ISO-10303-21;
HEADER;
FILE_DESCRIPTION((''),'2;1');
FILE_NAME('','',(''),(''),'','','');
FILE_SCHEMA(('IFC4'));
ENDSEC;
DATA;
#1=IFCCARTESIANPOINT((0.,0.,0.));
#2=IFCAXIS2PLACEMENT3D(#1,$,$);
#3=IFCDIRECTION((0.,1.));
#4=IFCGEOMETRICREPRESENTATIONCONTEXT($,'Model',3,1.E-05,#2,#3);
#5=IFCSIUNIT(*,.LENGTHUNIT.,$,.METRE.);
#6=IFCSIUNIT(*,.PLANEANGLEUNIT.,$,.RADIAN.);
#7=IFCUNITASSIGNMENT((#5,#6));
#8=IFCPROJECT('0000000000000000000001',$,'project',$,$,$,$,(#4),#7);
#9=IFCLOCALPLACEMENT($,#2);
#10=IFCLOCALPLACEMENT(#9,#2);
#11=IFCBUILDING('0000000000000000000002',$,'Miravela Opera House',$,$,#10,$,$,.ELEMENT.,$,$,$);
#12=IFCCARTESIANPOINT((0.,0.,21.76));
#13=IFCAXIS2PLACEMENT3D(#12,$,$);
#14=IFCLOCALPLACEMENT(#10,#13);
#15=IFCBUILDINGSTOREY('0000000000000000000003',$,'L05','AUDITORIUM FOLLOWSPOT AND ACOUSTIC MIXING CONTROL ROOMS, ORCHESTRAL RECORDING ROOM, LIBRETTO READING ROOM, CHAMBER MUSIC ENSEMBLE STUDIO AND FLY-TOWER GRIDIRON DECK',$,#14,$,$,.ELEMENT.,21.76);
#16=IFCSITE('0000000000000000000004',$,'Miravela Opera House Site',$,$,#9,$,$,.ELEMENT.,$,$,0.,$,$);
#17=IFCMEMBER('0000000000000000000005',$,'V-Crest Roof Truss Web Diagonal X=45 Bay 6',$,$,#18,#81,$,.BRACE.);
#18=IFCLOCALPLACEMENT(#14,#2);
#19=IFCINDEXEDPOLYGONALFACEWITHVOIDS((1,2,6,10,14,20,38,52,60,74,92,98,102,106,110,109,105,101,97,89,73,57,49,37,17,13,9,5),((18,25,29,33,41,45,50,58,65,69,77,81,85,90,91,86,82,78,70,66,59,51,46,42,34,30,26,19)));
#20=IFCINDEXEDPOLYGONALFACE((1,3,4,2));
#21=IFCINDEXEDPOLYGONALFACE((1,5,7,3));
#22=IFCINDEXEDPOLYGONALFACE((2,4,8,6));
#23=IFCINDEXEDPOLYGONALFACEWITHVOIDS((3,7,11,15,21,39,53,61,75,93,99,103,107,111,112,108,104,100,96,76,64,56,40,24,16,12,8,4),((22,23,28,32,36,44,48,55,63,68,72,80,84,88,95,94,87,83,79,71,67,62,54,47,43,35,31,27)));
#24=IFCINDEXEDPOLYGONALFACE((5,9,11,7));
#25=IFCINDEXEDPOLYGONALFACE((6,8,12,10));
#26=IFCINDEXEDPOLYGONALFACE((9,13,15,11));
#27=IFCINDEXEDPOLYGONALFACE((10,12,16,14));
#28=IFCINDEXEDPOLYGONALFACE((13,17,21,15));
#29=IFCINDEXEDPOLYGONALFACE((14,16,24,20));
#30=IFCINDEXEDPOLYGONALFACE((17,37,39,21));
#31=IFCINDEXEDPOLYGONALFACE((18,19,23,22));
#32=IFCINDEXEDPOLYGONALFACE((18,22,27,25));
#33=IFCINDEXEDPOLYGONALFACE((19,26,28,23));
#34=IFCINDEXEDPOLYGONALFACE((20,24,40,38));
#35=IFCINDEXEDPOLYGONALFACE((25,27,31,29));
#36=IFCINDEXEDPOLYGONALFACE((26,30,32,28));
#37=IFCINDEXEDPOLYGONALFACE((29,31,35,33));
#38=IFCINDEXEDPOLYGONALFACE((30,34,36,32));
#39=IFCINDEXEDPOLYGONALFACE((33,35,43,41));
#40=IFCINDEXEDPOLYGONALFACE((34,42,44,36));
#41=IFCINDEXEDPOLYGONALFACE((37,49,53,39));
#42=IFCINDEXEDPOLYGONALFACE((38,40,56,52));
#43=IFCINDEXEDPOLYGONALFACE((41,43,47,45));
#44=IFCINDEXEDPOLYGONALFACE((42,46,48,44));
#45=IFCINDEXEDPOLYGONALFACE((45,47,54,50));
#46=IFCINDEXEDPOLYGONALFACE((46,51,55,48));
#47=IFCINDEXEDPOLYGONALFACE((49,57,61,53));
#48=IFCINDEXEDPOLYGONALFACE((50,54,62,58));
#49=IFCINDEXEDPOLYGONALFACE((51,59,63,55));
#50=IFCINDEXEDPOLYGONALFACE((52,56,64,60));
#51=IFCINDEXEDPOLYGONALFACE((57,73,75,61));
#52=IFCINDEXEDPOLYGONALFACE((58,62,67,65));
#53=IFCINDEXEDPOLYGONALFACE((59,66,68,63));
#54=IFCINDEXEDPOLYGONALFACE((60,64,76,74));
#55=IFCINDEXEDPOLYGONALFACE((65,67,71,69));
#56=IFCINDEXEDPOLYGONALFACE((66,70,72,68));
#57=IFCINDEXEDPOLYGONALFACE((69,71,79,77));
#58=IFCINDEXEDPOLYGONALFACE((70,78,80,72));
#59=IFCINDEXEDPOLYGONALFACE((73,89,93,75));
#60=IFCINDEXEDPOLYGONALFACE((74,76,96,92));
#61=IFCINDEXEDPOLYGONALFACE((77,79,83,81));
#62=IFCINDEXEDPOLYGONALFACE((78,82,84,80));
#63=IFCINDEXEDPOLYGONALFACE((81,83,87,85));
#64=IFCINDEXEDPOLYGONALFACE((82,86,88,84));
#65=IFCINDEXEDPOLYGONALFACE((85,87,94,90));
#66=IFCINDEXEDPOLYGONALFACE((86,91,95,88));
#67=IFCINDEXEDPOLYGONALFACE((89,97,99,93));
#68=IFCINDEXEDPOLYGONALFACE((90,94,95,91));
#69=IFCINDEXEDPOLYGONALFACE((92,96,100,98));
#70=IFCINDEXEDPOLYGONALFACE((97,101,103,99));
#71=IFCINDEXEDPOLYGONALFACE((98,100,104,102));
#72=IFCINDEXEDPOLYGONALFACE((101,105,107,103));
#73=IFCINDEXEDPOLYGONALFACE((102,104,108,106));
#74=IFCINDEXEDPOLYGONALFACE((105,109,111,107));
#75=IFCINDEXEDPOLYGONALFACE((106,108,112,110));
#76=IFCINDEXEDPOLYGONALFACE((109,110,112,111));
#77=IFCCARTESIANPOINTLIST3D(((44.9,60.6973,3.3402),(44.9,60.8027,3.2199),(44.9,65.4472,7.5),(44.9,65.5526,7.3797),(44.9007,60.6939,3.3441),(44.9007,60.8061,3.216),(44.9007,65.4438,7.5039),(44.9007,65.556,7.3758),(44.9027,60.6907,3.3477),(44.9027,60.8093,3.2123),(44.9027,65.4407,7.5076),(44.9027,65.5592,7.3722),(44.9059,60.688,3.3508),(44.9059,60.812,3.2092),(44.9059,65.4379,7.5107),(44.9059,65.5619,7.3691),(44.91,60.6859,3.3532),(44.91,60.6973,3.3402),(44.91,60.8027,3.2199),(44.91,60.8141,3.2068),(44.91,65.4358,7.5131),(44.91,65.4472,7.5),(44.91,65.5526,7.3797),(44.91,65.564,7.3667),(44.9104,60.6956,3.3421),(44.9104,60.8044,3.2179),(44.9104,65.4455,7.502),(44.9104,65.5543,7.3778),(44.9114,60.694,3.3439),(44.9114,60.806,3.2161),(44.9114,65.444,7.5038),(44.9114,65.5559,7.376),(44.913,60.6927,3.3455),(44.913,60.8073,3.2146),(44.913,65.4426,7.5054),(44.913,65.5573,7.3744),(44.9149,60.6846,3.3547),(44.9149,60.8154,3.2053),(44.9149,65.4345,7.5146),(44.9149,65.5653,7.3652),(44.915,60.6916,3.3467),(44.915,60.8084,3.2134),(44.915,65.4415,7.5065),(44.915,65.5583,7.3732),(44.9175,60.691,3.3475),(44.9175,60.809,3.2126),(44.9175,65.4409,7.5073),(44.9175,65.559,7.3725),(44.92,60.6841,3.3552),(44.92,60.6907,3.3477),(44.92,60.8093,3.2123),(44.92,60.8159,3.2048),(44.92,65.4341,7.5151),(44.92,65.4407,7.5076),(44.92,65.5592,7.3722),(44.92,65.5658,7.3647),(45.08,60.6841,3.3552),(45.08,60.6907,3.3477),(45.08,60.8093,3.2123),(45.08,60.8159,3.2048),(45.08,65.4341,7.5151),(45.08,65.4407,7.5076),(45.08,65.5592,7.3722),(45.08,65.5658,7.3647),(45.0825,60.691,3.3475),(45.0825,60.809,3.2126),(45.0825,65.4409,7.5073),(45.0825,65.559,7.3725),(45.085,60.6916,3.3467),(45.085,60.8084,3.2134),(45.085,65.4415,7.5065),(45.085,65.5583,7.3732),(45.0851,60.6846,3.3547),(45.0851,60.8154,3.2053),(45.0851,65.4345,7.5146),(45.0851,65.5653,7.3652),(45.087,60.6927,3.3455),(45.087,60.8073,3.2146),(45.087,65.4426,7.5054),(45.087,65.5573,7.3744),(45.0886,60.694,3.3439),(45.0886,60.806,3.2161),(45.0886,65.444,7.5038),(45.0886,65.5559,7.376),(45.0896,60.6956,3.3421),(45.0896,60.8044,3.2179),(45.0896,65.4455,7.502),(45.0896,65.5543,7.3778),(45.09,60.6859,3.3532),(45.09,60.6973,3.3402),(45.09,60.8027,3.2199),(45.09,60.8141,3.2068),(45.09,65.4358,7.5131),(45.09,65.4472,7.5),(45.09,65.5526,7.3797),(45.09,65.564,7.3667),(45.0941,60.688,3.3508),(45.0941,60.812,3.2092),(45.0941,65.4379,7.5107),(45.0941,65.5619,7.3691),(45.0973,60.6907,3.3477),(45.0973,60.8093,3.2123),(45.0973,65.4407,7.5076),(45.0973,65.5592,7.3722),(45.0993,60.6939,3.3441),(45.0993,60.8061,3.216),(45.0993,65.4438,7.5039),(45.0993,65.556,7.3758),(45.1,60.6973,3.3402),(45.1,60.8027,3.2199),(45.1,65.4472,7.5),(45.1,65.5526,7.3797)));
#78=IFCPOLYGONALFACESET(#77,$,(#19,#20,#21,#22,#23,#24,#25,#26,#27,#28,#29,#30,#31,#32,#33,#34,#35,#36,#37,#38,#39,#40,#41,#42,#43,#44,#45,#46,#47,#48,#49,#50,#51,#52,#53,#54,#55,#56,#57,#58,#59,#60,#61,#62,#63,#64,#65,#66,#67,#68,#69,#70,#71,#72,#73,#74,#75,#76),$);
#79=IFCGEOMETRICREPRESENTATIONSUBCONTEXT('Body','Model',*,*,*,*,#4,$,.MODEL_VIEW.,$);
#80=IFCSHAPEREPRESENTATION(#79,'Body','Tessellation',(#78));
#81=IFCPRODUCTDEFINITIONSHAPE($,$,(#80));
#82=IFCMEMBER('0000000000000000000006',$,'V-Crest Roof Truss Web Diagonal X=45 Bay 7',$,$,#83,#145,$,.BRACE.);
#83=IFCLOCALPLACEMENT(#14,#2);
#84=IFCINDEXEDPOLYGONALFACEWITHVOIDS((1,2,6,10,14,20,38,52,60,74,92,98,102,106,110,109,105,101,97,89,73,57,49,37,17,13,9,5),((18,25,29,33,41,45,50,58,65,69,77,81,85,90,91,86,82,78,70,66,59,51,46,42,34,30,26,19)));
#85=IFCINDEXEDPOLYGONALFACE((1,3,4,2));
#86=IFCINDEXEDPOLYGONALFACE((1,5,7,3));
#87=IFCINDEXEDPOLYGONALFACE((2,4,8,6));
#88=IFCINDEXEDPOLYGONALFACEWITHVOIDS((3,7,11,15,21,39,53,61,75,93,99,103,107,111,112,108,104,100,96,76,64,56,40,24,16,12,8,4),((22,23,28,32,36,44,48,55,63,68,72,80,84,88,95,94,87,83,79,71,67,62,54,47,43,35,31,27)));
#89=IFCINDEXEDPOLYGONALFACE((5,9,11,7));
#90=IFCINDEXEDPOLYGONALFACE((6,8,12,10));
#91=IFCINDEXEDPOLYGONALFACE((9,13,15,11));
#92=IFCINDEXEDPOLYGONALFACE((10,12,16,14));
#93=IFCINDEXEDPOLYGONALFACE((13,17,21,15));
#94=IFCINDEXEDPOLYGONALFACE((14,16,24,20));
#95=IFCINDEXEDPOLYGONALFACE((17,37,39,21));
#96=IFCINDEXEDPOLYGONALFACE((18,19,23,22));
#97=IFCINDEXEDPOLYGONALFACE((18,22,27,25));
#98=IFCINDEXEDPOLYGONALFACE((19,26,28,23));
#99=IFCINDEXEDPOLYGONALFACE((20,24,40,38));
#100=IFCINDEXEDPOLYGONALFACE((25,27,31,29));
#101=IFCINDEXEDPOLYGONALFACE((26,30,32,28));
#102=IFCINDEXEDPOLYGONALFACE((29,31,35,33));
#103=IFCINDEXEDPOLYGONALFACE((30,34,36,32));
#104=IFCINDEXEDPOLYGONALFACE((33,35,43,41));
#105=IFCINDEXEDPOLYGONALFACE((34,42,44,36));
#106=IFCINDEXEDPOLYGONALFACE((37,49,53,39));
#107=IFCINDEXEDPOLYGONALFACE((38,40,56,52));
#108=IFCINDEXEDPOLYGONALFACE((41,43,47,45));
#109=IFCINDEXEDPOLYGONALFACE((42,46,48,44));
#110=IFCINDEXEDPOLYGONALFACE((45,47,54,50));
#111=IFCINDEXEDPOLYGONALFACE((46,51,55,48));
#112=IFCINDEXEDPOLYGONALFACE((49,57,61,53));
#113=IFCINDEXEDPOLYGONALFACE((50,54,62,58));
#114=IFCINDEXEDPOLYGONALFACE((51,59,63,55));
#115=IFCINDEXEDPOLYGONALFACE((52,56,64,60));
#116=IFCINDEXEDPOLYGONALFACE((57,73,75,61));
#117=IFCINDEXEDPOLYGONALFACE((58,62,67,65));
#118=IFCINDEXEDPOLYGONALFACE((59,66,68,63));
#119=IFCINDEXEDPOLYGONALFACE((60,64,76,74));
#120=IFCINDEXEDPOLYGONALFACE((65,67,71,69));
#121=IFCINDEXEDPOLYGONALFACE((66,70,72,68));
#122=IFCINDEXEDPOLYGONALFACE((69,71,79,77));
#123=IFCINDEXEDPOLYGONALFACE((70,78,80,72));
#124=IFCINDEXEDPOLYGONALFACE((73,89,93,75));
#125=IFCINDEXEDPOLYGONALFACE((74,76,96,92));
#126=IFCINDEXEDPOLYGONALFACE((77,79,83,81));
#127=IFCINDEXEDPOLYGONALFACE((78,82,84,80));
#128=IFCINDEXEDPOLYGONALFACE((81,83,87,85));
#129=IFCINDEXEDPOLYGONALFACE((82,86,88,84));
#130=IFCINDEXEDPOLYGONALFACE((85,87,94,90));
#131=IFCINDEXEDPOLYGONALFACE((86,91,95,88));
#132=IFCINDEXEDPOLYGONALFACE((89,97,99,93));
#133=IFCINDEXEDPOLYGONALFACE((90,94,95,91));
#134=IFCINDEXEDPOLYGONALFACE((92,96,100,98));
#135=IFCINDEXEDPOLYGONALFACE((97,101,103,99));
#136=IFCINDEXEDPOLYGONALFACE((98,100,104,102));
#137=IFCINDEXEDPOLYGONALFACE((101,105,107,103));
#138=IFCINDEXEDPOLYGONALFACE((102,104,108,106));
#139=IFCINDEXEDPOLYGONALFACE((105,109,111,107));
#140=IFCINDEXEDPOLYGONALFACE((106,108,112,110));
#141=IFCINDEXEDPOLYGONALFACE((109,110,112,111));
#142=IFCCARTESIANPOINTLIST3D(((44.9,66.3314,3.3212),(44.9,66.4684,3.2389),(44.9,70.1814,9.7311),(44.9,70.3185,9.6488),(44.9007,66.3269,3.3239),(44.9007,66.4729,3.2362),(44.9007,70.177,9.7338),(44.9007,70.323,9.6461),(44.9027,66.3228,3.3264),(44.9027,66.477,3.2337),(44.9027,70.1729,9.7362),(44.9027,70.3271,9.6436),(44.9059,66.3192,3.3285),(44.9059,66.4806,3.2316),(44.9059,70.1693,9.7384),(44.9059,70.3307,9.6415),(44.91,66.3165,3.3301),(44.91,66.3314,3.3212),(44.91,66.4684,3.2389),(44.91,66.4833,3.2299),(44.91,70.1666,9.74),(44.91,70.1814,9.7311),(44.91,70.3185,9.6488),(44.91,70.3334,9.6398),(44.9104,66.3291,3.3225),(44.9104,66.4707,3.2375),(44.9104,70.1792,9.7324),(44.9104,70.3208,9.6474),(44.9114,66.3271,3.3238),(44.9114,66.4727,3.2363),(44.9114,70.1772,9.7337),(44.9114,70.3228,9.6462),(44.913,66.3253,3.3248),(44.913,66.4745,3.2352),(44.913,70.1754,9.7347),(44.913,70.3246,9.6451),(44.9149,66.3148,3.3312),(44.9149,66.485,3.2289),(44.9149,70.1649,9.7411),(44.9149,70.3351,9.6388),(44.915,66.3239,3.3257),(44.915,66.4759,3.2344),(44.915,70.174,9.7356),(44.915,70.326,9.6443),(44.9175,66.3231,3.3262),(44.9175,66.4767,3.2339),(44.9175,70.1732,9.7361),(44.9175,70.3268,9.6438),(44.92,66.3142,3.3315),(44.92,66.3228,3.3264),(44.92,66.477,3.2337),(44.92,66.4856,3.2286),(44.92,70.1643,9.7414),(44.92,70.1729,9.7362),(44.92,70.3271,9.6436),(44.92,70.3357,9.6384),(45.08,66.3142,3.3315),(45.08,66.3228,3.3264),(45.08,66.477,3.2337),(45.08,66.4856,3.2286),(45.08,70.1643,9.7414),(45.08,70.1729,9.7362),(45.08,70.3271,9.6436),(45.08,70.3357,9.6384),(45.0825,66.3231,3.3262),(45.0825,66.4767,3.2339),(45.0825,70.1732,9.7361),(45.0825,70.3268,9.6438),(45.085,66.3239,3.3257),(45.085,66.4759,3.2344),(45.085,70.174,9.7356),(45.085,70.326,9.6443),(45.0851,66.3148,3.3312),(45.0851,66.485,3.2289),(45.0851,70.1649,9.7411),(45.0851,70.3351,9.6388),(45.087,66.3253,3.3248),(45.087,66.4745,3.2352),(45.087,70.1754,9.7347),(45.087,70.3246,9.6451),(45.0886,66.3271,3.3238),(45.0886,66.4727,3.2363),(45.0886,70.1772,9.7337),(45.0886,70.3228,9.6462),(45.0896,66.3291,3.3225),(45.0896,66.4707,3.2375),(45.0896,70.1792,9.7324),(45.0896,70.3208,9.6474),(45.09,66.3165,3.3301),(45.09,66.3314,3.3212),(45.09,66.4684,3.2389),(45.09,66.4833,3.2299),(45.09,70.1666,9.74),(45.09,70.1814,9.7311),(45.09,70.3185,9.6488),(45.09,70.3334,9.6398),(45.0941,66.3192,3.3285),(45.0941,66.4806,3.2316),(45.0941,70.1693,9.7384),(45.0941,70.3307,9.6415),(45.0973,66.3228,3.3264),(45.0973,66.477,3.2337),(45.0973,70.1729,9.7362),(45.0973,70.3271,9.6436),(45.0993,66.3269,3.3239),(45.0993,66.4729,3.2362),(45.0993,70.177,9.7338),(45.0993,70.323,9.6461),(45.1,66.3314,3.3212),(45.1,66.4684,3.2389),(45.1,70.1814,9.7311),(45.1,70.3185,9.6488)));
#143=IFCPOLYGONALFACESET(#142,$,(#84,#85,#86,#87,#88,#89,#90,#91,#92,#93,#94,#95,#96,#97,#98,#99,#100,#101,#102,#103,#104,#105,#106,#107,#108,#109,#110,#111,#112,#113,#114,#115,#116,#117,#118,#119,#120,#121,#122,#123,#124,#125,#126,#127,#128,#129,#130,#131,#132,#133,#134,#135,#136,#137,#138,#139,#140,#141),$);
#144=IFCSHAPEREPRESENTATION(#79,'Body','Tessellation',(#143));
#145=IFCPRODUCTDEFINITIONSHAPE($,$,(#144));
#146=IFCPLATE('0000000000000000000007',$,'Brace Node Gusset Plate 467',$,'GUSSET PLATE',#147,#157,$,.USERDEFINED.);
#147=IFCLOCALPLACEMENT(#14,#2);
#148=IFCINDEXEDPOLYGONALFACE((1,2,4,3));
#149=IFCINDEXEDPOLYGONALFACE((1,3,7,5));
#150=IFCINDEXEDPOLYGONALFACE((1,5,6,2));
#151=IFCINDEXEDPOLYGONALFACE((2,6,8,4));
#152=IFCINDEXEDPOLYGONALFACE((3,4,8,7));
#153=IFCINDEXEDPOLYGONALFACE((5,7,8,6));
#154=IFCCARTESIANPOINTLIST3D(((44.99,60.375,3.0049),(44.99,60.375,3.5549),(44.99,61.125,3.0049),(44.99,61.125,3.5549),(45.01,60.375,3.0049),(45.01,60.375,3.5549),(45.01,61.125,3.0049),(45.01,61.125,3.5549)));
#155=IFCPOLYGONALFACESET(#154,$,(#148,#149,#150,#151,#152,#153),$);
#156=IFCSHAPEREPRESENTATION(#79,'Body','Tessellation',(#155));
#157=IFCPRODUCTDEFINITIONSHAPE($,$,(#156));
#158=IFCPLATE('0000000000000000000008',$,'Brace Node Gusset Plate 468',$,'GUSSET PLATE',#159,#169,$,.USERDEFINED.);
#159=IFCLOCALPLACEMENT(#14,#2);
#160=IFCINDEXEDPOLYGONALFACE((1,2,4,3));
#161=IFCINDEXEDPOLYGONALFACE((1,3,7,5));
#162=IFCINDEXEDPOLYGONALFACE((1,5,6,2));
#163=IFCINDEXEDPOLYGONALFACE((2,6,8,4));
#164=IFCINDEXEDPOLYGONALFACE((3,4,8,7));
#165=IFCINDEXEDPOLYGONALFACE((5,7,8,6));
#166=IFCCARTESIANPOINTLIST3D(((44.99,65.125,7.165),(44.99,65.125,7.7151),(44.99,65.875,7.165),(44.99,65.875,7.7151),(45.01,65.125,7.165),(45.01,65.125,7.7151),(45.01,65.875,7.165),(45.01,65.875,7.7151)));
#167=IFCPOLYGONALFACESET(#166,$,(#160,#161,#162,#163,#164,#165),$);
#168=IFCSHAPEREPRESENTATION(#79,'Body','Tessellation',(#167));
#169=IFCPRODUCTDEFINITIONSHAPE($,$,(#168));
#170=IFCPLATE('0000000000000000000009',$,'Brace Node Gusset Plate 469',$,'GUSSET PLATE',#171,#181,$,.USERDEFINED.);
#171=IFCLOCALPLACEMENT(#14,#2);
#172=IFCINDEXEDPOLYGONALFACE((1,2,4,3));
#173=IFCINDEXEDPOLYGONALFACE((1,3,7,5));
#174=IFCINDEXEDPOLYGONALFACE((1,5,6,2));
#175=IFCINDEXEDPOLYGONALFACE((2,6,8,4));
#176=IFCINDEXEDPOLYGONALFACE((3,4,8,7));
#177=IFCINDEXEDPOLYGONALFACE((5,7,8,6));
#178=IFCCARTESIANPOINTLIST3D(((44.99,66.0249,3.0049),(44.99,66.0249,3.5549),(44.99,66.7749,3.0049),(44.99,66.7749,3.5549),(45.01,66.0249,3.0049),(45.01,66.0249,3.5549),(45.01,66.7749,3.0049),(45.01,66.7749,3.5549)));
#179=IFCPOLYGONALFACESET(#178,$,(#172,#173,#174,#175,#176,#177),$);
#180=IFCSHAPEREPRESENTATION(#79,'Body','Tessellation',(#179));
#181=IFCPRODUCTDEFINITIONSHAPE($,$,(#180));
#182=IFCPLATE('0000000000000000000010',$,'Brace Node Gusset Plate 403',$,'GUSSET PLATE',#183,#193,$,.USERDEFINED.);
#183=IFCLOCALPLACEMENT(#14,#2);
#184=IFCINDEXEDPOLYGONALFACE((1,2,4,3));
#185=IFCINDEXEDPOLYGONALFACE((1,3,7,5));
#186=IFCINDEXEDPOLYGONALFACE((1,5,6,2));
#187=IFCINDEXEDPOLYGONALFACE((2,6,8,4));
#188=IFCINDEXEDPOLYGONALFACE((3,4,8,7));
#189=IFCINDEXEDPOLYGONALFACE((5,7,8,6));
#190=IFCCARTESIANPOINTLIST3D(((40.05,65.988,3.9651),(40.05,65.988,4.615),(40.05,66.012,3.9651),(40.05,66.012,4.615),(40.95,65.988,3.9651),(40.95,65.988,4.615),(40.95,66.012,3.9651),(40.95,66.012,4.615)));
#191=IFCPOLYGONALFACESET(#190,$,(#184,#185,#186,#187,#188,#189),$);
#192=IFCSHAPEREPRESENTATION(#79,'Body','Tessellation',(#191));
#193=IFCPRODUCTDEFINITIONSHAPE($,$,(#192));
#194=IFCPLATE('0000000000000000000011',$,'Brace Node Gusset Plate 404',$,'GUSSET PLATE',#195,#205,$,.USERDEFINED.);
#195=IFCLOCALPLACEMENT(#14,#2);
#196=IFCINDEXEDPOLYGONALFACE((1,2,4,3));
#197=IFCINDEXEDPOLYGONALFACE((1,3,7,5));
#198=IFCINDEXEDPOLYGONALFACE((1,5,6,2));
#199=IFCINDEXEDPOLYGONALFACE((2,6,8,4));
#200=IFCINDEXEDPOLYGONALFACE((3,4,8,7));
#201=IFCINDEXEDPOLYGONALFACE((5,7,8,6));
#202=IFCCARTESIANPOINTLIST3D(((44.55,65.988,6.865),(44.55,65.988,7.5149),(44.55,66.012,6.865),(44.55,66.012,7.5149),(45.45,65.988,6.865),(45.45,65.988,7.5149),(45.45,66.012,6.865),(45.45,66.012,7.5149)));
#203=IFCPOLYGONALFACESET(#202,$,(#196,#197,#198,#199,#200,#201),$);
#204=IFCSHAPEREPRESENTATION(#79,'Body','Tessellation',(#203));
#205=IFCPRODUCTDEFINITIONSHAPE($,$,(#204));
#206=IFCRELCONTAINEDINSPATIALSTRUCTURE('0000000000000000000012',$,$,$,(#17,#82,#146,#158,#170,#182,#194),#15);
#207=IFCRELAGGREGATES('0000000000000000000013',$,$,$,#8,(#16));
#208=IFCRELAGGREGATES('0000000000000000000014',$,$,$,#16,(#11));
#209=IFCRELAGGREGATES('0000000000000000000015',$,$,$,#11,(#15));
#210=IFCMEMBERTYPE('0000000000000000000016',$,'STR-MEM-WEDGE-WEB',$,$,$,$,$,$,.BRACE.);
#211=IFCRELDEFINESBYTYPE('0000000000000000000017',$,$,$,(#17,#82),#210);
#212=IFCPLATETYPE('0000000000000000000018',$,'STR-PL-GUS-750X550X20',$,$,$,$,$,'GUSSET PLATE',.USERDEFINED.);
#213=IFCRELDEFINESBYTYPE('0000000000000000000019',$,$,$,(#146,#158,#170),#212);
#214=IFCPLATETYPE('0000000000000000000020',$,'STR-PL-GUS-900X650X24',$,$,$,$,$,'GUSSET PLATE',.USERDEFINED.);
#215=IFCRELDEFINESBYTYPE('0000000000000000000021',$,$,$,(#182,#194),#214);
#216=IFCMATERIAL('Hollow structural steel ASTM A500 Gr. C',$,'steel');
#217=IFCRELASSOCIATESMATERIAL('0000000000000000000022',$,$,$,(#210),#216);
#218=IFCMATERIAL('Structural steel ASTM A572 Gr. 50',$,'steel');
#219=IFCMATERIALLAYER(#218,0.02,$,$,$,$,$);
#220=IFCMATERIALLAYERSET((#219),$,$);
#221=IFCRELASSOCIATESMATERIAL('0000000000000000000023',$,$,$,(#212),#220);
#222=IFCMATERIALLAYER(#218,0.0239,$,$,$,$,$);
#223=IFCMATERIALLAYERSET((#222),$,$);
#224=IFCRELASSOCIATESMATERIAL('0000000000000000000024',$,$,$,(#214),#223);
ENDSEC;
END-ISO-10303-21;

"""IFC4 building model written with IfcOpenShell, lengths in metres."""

from ifc_helpers import new_model, si_unit, direction, frame, origin, origin_2d, place, context, subcontext, project, spatial, rectangle, hollow_rectangle, extrude, material, layer, layer_set, material_profile, profile_set, type_object, element, save


model = new_model("IFC4")

# Units and contexts
model_context = context("Model", 3, precision=1e-05, world=origin(), true_north=direction((0.0, 1.0)))
body_context = subcontext(model_context, "Body", "Model", "MODEL_VIEW")
ifc_project = project(units=[si_unit("LENGTHUNIT", "METRE"), si_unit("PLANEANGLEUNIT", "RADIAN")], contexts=[model_context])

# Site, building, storey
site_placement = place(None, origin())
site = spatial("IfcSite", under=ifc_project, at=site_placement, Name="Miravela Opera House Site", CompositionType="ELEMENT", RefElevation=0.0)
building_placement = place(site_placement, origin())
building = spatial("IfcBuilding", under=site, at=building_placement, Name="Miravela Opera House", CompositionType="ELEMENT")
storey_placement = place(building_placement, frame((0.0, 0.0, 21.76)))
storey = spatial("IfcBuildingStorey", under=building, at=storey_placement, Name="L05", Description="AUDITORIUM FOLLOWSPOT AND ACOUSTIC MIXING CONTROL ROOMS, ORCHESTRAL RECORDING ROOM, LIBRETTO READING ROOM, CHAMBER MUSIC ENSEMBLE STUDIO AND FLY-TOWER GRIDIRON DECK", CompositionType="ELEMENT", Elevation=21.76)

# Members
ifc_material_1 = material(Name="Hollow structural steel ASTM A500 Gr. C", Category="steel")
ifc_material_profile_1 = material_profile(ifc_material_1, hollow_rectangle(XDim=0.2, YDim=0.2, WallThickness=0.01, InnerFilletRadius=0.01, OuterFilletRadius=0.02, at=origin_2d()), Name="HSS200X200X10")
ifc_profile_set_1 = profile_set([ifc_material_profile_1])
member_type_1 = type_object("IfcMemberType", Name="STR-MEM-WEDGE-WEB", PredefinedType="BRACE", material=ifc_profile_set_1)
member_1_placement = place(storey_placement, frame((45.0, 60.75, 3.28), z_axis=(0.0, 0.752289, 0.658833), x_axis=(-1.0, 0.0, 0.0)))
element("IfcMember", 1, at=member_1_placement, inside=storey, type_object=member_type_1, Name="V-Crest Roof Truss Web Diagonal X=45 Bay 6", PredefinedType="BRACE", context=body_context, shape_type="SweptSolid", body=[
    extrude(hollow_rectangle(XDim=0.2, YDim=0.2, WallThickness=0.01, InnerFilletRadius=0.01, OuterFilletRadius=0.02, at=origin_2d()), origin(), (0.0, 0.0, 1.0), 6.314),
])
member_2_placement = place(storey_placement, frame((45.0, 66.3999, 3.28), z_axis=(0.0, 0.514904, 0.857248), x_axis=(-1.0, 0.0, 0.0)))
element("IfcMember", 2, at=member_2_placement, inside=storey, type_object=member_type_1, Name="V-Crest Roof Truss Web Diagonal X=45 Bay 7", PredefinedType="BRACE", context=body_context, shape_type="SweptSolid", body=[
    extrude(hollow_rectangle(XDim=0.2, YDim=0.2, WallThickness=0.01, InnerFilletRadius=0.01, OuterFilletRadius=0.02, at=origin_2d()), origin(), (0.0, 0.0, 1.0), 7.4773),
])

# Plates
ifc_material_2 = material(Name="Structural steel ASTM A572 Gr. 50", Category="steel")
ifc_layer_1 = layer(ifc_material_2, 0.02)
ifc_layer_set_1 = layer_set([ifc_layer_1])
plate_type_1 = type_object("IfcPlateType", Name="STR-PL-GUS-750X550X20", ElementType="GUSSET PLATE", PredefinedType="USERDEFINED", material=ifc_layer_set_1)
for number, where, z_axis, x_axis, name in (
    (3, (45.0, 60.75, 3.0049), (0.0, 0.0, 1.0), (0.0, 1.0, 0.0), "Brace Node Gusset Plate 467"),
    (4, (45.0, 65.5, 7.165), (0.0, 0.0, 1.0), (0.0, 1.0, 0.0), "Brace Node Gusset Plate 468"),
    (5, (45.0, 66.3999, 3.0049), (0.0, 0.0, 1.0), (0.0, 1.0, 0.0), "Brace Node Gusset Plate 469"),
):
    element("IfcPlate", number, at=place(storey_placement, frame(where, z_axis=z_axis, x_axis=x_axis)), inside=storey, type_object=plate_type_1, Name=name, ObjectType="GUSSET PLATE", PredefinedType="USERDEFINED", context=body_context, shape_type="SweptSolid", body=[
        extrude(rectangle(XDim=0.75, YDim=0.02, at=origin_2d()), origin(), (0.0, 0.0, 1.0), 0.55),
    ])
ifc_layer_2 = layer(ifc_material_2, 0.0239)
ifc_layer_set_2 = layer_set([ifc_layer_2])
plate_type_2 = type_object("IfcPlateType", Name="STR-PL-GUS-900X650X24", ElementType="GUSSET PLATE", PredefinedType="USERDEFINED", material=ifc_layer_set_2)
for number, where, z_axis, x_axis, name in (
    (6, (40.5, 66.0, 3.9651), (0.0, 0.0, 1.0), (1.0, 0.0, 0.0), "Brace Node Gusset Plate 403"),
    (7, (45.0, 66.0, 6.865), (0.0, 0.0, 1.0), (1.0, 0.0, 0.0), "Brace Node Gusset Plate 404"),
):
    element("IfcPlate", number, at=place(storey_placement, frame(where, z_axis=z_axis, x_axis=x_axis)), inside=storey, type_object=plate_type_2, Name=name, ObjectType="GUSSET PLATE", PredefinedType="USERDEFINED", context=body_context, shape_type="SweptSolid", body=[
        extrude(rectangle(XDim=0.8999, YDim=0.0239, at=origin_2d()), origin(), (0.0, 0.0, 1.0), 0.6499),
    ])

save(model, "model.ifc")
